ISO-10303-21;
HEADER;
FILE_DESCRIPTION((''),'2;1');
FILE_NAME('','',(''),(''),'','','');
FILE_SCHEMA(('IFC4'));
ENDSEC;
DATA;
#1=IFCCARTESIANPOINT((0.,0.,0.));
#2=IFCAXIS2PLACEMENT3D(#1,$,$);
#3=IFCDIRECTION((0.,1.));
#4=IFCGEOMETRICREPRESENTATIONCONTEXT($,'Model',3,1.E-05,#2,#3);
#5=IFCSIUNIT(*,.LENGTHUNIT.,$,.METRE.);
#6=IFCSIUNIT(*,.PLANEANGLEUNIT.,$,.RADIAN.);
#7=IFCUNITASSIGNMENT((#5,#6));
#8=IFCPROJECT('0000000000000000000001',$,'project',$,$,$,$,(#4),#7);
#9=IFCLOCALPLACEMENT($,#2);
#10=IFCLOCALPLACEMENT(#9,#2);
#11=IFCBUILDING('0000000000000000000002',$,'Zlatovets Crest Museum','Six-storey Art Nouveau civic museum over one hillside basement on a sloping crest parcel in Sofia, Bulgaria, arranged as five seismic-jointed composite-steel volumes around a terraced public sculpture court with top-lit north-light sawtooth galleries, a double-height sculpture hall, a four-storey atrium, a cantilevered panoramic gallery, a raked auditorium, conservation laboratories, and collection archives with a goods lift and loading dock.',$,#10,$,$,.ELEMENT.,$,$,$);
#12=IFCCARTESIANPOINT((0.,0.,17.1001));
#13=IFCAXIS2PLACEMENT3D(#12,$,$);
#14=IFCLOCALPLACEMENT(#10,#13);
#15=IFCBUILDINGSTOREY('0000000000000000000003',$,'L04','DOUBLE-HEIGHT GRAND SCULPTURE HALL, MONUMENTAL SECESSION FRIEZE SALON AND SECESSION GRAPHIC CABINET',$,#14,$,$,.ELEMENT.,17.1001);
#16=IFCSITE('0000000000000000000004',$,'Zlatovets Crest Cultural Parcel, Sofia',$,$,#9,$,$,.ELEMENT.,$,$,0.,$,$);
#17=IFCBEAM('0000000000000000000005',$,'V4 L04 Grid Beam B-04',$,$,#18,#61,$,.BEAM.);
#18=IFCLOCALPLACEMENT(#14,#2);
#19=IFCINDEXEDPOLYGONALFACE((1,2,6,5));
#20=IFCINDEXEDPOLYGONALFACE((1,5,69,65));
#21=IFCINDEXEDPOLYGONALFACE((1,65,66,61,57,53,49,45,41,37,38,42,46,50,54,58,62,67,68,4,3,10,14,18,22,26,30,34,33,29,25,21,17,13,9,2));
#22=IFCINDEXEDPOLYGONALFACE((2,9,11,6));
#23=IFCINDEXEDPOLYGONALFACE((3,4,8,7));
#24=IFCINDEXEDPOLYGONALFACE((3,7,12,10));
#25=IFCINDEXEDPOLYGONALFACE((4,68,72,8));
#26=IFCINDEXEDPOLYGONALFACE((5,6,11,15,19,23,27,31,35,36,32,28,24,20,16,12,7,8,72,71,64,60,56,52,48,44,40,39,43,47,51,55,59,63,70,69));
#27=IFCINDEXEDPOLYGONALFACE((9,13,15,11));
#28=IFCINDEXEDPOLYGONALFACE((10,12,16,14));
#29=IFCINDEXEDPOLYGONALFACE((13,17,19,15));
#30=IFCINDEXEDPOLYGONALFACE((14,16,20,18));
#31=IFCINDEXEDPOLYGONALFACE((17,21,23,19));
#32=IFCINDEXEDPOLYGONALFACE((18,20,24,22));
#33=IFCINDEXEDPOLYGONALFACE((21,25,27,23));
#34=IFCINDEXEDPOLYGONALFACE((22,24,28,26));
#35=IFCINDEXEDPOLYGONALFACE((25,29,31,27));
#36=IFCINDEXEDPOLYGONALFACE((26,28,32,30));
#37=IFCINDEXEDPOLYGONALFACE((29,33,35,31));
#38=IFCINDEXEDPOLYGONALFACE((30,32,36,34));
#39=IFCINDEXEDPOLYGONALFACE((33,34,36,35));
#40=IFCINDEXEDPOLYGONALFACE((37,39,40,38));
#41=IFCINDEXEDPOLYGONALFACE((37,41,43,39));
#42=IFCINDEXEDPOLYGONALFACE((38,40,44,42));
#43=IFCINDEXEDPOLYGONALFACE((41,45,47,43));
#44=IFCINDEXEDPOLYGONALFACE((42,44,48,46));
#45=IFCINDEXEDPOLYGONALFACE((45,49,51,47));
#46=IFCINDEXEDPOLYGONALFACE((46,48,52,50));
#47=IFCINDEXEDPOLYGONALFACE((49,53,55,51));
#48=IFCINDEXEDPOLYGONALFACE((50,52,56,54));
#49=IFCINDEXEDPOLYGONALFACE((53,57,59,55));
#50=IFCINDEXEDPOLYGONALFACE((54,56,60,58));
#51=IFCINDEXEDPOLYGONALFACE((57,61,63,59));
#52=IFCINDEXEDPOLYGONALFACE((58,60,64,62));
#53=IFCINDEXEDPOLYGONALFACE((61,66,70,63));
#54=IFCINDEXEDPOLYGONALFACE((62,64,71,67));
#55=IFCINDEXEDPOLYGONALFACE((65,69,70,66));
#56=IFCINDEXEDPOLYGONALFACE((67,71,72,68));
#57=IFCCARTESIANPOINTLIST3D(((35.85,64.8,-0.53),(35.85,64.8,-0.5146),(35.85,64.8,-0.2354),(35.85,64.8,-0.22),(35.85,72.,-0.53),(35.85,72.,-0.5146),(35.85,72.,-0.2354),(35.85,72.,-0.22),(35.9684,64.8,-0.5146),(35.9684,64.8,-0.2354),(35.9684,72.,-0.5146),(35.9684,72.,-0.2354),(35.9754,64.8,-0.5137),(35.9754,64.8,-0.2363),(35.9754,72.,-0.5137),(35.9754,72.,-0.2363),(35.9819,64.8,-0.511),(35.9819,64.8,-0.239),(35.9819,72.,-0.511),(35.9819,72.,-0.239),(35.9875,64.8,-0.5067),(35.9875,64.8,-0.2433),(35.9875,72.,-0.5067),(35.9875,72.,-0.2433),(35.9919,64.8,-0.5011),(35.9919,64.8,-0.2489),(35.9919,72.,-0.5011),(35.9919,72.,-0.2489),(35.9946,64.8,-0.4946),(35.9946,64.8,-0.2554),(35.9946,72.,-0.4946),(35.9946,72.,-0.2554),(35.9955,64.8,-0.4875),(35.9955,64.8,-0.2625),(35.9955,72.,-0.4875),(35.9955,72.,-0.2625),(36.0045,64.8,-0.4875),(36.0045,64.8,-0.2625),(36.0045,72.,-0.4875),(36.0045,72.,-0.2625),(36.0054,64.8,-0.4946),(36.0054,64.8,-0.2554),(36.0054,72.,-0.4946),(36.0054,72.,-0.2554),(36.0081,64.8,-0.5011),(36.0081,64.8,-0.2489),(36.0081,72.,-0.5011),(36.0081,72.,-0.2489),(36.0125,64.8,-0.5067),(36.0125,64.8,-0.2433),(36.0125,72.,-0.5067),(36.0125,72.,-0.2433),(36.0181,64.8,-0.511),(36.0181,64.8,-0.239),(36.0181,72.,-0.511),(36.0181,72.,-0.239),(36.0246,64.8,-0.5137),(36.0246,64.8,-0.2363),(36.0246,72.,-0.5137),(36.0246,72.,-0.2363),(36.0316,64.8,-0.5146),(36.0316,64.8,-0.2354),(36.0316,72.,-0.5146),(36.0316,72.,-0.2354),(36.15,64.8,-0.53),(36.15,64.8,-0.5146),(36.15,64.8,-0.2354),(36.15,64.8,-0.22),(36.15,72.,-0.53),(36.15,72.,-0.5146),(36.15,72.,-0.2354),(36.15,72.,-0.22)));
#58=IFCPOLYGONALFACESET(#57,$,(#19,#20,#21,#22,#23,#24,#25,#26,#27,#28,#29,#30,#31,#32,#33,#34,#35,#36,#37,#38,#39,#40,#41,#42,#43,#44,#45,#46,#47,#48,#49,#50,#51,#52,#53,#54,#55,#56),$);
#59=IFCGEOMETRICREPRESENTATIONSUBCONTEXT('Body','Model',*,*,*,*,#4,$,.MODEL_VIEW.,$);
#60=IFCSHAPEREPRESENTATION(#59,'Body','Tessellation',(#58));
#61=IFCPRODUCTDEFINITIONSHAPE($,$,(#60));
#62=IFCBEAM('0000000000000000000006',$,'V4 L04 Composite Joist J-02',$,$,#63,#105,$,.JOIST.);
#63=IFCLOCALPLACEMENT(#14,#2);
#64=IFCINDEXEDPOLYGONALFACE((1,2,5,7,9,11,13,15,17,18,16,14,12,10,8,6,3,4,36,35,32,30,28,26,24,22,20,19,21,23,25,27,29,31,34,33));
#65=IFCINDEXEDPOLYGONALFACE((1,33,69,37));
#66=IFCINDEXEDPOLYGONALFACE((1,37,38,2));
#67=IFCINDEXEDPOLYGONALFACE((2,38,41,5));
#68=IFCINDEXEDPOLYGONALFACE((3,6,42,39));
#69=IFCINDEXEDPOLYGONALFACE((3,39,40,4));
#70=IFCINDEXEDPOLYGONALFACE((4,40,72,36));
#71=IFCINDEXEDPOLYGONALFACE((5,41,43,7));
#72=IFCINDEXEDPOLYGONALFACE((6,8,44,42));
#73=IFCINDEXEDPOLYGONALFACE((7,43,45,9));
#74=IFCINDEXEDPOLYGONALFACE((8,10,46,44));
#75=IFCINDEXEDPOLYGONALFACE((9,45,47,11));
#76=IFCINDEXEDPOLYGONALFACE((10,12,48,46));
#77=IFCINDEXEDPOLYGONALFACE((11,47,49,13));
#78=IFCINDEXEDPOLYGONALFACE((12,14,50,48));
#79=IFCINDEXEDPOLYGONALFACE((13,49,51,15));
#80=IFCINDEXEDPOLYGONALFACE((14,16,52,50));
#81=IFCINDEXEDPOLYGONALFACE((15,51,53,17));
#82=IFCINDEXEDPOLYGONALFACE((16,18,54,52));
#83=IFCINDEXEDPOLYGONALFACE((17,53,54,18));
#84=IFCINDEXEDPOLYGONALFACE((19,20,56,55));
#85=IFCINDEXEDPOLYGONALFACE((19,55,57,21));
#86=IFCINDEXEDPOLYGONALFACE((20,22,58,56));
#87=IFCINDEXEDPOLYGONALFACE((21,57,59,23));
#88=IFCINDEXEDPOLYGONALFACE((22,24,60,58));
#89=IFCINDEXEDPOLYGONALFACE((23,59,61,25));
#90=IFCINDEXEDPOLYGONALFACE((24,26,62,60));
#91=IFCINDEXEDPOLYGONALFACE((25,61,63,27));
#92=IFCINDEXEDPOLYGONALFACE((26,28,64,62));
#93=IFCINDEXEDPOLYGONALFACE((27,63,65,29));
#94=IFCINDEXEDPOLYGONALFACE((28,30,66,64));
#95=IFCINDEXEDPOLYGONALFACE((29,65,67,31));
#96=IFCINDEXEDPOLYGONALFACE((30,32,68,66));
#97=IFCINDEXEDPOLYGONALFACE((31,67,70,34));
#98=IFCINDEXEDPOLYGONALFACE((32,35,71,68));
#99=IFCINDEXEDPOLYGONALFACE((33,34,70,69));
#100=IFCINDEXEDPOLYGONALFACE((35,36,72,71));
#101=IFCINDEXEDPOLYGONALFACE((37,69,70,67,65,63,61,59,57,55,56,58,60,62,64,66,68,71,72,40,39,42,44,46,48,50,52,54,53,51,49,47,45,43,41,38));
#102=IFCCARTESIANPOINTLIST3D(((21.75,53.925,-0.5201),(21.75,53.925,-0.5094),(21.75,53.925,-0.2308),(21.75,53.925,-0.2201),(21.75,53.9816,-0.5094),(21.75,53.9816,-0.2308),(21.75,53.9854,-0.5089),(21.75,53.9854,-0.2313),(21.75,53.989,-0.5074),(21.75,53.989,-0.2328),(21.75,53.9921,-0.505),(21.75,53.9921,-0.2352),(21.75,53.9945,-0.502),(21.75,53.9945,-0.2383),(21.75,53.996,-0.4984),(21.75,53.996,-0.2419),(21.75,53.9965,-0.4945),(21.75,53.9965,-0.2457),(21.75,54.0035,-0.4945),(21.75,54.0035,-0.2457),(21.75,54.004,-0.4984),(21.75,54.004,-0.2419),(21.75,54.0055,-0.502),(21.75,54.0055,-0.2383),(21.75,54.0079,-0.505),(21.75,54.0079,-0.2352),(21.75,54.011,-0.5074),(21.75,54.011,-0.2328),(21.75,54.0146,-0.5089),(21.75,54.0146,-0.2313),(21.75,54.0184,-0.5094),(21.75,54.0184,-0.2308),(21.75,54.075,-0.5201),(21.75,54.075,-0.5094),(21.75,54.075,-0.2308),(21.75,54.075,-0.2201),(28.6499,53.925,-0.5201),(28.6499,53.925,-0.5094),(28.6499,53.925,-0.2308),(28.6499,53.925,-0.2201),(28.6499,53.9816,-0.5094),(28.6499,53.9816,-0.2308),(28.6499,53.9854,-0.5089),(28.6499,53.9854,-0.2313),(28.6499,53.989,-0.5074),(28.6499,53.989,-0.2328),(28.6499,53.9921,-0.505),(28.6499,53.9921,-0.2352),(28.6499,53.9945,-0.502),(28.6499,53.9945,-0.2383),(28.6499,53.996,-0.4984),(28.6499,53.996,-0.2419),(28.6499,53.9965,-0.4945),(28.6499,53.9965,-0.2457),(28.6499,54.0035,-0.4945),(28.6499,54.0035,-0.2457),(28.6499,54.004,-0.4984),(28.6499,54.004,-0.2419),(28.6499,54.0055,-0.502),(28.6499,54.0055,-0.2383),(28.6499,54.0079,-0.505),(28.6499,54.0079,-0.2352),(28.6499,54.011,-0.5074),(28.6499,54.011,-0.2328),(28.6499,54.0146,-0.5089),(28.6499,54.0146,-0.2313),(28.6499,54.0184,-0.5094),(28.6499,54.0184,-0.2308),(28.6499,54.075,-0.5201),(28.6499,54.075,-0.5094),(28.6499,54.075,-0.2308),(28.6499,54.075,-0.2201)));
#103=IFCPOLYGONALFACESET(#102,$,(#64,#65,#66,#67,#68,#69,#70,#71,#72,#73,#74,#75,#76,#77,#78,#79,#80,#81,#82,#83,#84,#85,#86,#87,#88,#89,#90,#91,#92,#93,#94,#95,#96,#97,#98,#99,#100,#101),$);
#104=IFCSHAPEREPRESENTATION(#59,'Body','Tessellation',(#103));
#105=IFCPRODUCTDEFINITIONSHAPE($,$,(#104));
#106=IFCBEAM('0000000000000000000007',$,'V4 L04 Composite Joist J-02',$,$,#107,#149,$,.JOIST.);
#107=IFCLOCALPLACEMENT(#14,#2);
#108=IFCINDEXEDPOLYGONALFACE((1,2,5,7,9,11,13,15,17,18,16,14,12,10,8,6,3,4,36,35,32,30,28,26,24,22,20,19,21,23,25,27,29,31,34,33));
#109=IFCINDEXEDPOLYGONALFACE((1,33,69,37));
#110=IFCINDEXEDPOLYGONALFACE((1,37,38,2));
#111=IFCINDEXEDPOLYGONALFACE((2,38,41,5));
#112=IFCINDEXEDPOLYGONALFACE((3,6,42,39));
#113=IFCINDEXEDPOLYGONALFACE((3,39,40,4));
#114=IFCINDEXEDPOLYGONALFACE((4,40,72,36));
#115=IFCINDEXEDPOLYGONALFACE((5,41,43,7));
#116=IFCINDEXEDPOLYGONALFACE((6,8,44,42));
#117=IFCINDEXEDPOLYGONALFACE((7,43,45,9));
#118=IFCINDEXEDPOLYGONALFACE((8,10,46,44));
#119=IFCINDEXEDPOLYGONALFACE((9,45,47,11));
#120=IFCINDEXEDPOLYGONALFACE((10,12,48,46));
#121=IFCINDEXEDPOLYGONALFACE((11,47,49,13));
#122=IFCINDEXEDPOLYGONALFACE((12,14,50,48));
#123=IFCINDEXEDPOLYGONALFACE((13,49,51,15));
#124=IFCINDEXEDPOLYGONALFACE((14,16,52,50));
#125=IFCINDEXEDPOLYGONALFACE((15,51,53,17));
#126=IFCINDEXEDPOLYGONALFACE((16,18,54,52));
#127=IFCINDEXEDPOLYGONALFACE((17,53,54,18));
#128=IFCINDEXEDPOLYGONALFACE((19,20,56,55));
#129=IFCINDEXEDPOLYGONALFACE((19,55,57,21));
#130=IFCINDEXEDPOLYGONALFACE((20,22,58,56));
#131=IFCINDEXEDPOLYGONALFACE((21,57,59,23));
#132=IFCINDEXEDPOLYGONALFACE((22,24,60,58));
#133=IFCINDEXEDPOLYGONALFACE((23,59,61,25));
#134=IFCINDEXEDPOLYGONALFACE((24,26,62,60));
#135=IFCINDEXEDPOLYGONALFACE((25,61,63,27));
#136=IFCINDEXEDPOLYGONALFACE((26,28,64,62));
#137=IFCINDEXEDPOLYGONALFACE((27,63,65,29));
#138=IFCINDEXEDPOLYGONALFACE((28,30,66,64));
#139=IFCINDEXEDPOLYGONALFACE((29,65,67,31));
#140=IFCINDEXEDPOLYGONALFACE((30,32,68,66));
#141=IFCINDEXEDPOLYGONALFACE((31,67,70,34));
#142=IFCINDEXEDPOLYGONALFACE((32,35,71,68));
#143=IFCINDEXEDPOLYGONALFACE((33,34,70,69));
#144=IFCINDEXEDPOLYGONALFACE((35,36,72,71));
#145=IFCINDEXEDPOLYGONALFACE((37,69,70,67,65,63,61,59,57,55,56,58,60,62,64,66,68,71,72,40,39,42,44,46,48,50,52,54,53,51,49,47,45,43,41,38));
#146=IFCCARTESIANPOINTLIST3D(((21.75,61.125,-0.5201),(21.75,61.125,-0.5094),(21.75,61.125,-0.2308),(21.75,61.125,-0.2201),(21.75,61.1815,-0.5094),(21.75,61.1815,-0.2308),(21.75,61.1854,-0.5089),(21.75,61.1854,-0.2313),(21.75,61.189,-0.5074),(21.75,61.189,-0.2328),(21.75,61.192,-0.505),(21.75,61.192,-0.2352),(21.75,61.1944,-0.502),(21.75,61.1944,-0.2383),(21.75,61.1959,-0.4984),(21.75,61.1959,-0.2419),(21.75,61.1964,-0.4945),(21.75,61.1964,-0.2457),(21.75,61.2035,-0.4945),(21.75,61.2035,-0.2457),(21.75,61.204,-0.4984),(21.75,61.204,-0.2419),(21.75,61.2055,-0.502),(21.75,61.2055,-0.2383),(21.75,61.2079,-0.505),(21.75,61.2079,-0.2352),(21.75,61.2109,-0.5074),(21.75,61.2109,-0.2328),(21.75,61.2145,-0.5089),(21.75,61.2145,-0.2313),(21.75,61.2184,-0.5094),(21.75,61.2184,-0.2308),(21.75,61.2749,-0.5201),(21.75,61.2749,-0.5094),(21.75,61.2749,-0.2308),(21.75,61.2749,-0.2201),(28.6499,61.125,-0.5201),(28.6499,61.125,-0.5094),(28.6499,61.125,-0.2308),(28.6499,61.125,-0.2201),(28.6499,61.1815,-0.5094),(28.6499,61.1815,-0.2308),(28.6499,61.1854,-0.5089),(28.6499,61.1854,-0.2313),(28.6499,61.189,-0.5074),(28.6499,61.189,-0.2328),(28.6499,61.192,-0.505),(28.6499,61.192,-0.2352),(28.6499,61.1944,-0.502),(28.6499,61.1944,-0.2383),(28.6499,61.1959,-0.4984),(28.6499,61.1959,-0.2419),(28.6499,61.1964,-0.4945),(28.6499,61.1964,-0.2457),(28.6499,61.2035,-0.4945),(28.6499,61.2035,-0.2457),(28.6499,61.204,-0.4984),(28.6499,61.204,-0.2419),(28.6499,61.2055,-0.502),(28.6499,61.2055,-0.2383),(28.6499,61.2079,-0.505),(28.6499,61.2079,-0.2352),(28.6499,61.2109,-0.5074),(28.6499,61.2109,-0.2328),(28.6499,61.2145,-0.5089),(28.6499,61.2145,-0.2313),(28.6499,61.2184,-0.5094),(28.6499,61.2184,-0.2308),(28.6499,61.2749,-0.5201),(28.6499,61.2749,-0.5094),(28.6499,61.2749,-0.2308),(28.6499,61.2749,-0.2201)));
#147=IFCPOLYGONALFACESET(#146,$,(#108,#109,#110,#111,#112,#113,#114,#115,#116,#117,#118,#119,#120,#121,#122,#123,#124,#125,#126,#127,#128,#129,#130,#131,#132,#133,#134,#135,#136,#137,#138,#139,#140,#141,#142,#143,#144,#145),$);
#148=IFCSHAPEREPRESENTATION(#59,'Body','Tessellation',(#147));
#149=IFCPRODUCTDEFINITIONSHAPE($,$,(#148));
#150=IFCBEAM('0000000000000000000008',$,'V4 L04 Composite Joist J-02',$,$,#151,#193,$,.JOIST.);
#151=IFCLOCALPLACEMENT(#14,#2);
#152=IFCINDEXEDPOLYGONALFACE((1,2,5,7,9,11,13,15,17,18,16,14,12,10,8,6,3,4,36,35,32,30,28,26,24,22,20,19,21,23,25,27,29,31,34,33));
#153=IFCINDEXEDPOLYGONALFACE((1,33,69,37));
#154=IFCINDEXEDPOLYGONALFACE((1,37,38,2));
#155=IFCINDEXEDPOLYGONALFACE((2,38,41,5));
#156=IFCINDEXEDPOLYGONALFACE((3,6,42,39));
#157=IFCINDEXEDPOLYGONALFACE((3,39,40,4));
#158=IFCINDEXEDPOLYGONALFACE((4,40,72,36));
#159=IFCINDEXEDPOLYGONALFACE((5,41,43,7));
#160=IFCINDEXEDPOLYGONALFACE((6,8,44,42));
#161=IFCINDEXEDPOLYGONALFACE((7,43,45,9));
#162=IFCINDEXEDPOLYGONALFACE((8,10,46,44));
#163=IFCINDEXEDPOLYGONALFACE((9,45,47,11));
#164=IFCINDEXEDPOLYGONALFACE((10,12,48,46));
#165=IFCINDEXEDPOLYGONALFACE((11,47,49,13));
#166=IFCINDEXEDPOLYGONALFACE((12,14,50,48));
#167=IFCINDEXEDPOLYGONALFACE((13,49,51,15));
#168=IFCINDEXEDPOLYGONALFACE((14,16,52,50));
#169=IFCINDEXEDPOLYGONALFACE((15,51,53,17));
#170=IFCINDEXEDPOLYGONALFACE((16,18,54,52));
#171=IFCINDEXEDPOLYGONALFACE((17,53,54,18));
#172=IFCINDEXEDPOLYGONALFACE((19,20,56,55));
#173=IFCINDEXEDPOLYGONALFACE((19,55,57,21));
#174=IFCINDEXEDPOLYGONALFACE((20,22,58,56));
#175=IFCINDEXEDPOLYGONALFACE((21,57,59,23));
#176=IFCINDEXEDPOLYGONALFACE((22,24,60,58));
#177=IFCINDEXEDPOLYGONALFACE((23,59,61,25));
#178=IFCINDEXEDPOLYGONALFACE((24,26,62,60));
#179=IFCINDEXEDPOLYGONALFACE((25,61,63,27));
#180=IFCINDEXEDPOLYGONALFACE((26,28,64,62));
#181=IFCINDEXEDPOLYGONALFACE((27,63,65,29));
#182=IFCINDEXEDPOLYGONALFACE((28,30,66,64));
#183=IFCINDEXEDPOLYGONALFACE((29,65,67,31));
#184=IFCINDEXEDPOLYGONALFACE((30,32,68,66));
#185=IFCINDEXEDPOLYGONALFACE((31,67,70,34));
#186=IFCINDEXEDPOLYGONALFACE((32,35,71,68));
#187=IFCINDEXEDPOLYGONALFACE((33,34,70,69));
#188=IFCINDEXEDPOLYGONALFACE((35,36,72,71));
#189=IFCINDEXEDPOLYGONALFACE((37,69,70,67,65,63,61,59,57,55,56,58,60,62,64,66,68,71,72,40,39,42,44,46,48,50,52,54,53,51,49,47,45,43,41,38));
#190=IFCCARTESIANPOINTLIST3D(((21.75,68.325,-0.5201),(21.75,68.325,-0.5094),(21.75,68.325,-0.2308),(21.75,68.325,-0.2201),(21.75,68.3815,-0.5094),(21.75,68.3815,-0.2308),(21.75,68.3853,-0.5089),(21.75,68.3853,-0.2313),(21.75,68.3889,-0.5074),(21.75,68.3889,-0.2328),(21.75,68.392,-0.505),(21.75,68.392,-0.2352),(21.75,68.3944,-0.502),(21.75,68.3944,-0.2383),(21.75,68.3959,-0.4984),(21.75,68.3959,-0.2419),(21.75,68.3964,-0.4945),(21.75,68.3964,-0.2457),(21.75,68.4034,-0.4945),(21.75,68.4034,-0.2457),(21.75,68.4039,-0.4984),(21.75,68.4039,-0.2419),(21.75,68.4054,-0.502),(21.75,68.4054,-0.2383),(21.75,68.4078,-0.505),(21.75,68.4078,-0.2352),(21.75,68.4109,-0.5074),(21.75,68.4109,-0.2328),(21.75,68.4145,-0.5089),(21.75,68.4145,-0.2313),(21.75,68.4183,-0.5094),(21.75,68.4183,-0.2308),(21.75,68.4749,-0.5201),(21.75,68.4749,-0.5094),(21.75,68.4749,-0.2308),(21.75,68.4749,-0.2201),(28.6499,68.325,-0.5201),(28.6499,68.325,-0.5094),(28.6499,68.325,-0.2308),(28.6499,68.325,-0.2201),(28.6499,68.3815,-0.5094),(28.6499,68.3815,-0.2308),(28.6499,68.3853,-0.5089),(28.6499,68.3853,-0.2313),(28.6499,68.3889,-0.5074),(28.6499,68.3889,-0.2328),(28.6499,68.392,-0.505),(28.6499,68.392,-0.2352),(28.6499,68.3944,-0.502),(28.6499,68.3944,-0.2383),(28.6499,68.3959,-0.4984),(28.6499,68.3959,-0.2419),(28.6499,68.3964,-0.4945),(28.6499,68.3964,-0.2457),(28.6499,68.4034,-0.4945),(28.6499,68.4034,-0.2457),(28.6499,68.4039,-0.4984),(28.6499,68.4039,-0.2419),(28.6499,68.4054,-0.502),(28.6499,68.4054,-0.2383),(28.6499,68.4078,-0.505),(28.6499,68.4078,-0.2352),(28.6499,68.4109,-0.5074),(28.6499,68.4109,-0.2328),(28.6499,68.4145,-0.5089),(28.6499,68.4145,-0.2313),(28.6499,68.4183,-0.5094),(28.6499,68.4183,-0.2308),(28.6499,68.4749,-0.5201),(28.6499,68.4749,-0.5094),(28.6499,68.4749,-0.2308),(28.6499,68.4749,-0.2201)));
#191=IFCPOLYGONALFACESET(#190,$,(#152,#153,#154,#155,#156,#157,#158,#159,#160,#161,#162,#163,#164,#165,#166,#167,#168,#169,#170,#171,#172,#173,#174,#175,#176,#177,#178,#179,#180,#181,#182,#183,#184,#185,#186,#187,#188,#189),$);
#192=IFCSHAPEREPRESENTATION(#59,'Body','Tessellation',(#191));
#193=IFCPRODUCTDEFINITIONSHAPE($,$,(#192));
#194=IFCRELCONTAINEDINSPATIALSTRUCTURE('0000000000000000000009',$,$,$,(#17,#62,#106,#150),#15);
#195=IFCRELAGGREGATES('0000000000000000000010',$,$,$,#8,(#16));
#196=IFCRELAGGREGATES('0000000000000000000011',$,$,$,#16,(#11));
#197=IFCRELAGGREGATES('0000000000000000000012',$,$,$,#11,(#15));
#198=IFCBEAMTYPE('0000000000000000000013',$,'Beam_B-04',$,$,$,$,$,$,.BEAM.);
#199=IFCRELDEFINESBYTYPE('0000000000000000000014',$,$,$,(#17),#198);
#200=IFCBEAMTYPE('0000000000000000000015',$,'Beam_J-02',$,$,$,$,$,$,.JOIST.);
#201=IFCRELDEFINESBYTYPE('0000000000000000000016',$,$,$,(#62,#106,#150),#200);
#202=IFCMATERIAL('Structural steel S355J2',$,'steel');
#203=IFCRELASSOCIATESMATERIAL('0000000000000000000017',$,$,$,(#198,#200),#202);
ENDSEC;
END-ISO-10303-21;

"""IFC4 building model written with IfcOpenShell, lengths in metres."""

from ifc_helpers import new_model, si_unit, direction, frame, origin, origin_2d, place, context, subcontext, project, spatial, i_section, extrude, material, material_profile, profile_set, type_object, element, save


model = new_model("IFC4")

# Units and contexts
model_context = context("Model", 3, precision=1e-05, world=origin(), true_north=direction((0.0, 1.0)))
body_context = subcontext(model_context, "Body", "Model", "MODEL_VIEW")
ifc_project = project(units=[si_unit("LENGTHUNIT", "METRE"), si_unit("PLANEANGLEUNIT", "RADIAN")], contexts=[model_context])

# Site, building, storey
site_placement = place(None, origin())
site = spatial("IfcSite", under=ifc_project, at=site_placement, Name="Zlatovets Crest Cultural Parcel, Sofia", CompositionType="ELEMENT", RefElevation=0.0)
building_placement = place(site_placement, origin())
building = spatial("IfcBuilding", under=site, at=building_placement, Name="Zlatovets Crest Museum", Description="Six-storey Art Nouveau civic museum over one hillside basement on a sloping crest parcel in Sofia, Bulgaria, arranged as five seismic-jointed composite-steel volumes around a terraced public sculpture court with top-lit north-light sawtooth galleries, a double-height sculpture hall, a four-storey atrium, a cantilevered panoramic gallery, a raked auditorium, conservation laboratories, and collection archives with a goods lift and loading dock.", CompositionType="ELEMENT")
storey_placement = place(building_placement, frame((0.0, 0.0, 17.1001)))
storey = spatial("IfcBuildingStorey", under=building, at=storey_placement, Name="L04", Description="DOUBLE-HEIGHT GRAND SCULPTURE HALL, MONUMENTAL SECESSION FRIEZE SALON AND SECESSION GRAPHIC CABINET", CompositionType="ELEMENT", Elevation=17.1001)

# Beams
ifc_material_1 = material(Name="Structural steel S355J2", Category="steel")
ifc_material_profile_1 = material_profile(ifc_material_1, i_section(OverallWidth=0.3, OverallDepth=0.3101, WebThickness=0.009, FlangeThickness=0.0154, FilletRadius=0.0271, at=origin_2d()), Name="HEA 320")
ifc_profile_set_1 = profile_set([ifc_material_profile_1], Name="Structural steel S355J2")
beam_type_1 = type_object("IfcBeamType", Name="Beam_B-04", PredefinedType="BEAM", material=ifc_profile_set_1)
for number, where, z_axis, x_axis, name in (
    (1, (36.0, 64.8, -0.375), (0.0, 1.0, 0.0), (-1.0, 0.0, 0.0), "V4 L04 Grid Beam B-04"),
):
    element("IfcBeam", number, at=place(storey_placement, frame(where, z_axis=z_axis, x_axis=x_axis)), inside=storey, type_object=beam_type_1, Name=name, PredefinedType="BEAM", context=body_context, shape_type="SweptSolid", body=[
        extrude(i_section(OverallWidth=0.3, OverallDepth=0.3101, WebThickness=0.009, FlangeThickness=0.0154, FilletRadius=0.0271, at=origin_2d()), origin(), (0.0, 0.0, 1.0), 7.2),
    ])
ifc_material_profile_2 = material_profile(ifc_material_1, i_section(OverallWidth=0.1499, OverallDepth=0.3, WebThickness=0.0071, FlangeThickness=0.0107, FilletRadius=0.0149, at=origin_2d()), Name="IPE 300")
ifc_profile_set_2 = profile_set([ifc_material_profile_2], Name="Structural steel S355J2")
beam_type_2 = type_object("IfcBeamType", Name="Beam_J-02", PredefinedType="JOIST", material=ifc_profile_set_2)
for number, where, z_axis, x_axis, name in (
    (2, (21.75, 54.0, -0.3701), (1.0, 0.0, 0.0), (0.0, 1.0, 0.0), "V4 L04 Composite Joist J-02"),
    (3, (21.75, 61.2, -0.3701), (1.0, 0.0, 0.0), (0.0, 1.0, 0.0), "V4 L04 Composite Joist J-02"),
    (4, (21.75, 68.3999, -0.3701), (1.0, 0.0, 0.0), (0.0, 1.0, 0.0), "V4 L04 Composite Joist J-02"),
):
    element("IfcBeam", number, at=place(storey_placement, frame(where, z_axis=z_axis, x_axis=x_axis)), inside=storey, type_object=beam_type_2, Name=name, PredefinedType="JOIST", context=body_context, shape_type="SweptSolid", body=[
        extrude(i_section(OverallWidth=0.1499, OverallDepth=0.3, WebThickness=0.0071, FlangeThickness=0.0107, FilletRadius=0.0149, at=origin_2d()), origin(), (0.0, 0.0, 1.0), 6.8999),
    ])

save(model, "model.ifc")
